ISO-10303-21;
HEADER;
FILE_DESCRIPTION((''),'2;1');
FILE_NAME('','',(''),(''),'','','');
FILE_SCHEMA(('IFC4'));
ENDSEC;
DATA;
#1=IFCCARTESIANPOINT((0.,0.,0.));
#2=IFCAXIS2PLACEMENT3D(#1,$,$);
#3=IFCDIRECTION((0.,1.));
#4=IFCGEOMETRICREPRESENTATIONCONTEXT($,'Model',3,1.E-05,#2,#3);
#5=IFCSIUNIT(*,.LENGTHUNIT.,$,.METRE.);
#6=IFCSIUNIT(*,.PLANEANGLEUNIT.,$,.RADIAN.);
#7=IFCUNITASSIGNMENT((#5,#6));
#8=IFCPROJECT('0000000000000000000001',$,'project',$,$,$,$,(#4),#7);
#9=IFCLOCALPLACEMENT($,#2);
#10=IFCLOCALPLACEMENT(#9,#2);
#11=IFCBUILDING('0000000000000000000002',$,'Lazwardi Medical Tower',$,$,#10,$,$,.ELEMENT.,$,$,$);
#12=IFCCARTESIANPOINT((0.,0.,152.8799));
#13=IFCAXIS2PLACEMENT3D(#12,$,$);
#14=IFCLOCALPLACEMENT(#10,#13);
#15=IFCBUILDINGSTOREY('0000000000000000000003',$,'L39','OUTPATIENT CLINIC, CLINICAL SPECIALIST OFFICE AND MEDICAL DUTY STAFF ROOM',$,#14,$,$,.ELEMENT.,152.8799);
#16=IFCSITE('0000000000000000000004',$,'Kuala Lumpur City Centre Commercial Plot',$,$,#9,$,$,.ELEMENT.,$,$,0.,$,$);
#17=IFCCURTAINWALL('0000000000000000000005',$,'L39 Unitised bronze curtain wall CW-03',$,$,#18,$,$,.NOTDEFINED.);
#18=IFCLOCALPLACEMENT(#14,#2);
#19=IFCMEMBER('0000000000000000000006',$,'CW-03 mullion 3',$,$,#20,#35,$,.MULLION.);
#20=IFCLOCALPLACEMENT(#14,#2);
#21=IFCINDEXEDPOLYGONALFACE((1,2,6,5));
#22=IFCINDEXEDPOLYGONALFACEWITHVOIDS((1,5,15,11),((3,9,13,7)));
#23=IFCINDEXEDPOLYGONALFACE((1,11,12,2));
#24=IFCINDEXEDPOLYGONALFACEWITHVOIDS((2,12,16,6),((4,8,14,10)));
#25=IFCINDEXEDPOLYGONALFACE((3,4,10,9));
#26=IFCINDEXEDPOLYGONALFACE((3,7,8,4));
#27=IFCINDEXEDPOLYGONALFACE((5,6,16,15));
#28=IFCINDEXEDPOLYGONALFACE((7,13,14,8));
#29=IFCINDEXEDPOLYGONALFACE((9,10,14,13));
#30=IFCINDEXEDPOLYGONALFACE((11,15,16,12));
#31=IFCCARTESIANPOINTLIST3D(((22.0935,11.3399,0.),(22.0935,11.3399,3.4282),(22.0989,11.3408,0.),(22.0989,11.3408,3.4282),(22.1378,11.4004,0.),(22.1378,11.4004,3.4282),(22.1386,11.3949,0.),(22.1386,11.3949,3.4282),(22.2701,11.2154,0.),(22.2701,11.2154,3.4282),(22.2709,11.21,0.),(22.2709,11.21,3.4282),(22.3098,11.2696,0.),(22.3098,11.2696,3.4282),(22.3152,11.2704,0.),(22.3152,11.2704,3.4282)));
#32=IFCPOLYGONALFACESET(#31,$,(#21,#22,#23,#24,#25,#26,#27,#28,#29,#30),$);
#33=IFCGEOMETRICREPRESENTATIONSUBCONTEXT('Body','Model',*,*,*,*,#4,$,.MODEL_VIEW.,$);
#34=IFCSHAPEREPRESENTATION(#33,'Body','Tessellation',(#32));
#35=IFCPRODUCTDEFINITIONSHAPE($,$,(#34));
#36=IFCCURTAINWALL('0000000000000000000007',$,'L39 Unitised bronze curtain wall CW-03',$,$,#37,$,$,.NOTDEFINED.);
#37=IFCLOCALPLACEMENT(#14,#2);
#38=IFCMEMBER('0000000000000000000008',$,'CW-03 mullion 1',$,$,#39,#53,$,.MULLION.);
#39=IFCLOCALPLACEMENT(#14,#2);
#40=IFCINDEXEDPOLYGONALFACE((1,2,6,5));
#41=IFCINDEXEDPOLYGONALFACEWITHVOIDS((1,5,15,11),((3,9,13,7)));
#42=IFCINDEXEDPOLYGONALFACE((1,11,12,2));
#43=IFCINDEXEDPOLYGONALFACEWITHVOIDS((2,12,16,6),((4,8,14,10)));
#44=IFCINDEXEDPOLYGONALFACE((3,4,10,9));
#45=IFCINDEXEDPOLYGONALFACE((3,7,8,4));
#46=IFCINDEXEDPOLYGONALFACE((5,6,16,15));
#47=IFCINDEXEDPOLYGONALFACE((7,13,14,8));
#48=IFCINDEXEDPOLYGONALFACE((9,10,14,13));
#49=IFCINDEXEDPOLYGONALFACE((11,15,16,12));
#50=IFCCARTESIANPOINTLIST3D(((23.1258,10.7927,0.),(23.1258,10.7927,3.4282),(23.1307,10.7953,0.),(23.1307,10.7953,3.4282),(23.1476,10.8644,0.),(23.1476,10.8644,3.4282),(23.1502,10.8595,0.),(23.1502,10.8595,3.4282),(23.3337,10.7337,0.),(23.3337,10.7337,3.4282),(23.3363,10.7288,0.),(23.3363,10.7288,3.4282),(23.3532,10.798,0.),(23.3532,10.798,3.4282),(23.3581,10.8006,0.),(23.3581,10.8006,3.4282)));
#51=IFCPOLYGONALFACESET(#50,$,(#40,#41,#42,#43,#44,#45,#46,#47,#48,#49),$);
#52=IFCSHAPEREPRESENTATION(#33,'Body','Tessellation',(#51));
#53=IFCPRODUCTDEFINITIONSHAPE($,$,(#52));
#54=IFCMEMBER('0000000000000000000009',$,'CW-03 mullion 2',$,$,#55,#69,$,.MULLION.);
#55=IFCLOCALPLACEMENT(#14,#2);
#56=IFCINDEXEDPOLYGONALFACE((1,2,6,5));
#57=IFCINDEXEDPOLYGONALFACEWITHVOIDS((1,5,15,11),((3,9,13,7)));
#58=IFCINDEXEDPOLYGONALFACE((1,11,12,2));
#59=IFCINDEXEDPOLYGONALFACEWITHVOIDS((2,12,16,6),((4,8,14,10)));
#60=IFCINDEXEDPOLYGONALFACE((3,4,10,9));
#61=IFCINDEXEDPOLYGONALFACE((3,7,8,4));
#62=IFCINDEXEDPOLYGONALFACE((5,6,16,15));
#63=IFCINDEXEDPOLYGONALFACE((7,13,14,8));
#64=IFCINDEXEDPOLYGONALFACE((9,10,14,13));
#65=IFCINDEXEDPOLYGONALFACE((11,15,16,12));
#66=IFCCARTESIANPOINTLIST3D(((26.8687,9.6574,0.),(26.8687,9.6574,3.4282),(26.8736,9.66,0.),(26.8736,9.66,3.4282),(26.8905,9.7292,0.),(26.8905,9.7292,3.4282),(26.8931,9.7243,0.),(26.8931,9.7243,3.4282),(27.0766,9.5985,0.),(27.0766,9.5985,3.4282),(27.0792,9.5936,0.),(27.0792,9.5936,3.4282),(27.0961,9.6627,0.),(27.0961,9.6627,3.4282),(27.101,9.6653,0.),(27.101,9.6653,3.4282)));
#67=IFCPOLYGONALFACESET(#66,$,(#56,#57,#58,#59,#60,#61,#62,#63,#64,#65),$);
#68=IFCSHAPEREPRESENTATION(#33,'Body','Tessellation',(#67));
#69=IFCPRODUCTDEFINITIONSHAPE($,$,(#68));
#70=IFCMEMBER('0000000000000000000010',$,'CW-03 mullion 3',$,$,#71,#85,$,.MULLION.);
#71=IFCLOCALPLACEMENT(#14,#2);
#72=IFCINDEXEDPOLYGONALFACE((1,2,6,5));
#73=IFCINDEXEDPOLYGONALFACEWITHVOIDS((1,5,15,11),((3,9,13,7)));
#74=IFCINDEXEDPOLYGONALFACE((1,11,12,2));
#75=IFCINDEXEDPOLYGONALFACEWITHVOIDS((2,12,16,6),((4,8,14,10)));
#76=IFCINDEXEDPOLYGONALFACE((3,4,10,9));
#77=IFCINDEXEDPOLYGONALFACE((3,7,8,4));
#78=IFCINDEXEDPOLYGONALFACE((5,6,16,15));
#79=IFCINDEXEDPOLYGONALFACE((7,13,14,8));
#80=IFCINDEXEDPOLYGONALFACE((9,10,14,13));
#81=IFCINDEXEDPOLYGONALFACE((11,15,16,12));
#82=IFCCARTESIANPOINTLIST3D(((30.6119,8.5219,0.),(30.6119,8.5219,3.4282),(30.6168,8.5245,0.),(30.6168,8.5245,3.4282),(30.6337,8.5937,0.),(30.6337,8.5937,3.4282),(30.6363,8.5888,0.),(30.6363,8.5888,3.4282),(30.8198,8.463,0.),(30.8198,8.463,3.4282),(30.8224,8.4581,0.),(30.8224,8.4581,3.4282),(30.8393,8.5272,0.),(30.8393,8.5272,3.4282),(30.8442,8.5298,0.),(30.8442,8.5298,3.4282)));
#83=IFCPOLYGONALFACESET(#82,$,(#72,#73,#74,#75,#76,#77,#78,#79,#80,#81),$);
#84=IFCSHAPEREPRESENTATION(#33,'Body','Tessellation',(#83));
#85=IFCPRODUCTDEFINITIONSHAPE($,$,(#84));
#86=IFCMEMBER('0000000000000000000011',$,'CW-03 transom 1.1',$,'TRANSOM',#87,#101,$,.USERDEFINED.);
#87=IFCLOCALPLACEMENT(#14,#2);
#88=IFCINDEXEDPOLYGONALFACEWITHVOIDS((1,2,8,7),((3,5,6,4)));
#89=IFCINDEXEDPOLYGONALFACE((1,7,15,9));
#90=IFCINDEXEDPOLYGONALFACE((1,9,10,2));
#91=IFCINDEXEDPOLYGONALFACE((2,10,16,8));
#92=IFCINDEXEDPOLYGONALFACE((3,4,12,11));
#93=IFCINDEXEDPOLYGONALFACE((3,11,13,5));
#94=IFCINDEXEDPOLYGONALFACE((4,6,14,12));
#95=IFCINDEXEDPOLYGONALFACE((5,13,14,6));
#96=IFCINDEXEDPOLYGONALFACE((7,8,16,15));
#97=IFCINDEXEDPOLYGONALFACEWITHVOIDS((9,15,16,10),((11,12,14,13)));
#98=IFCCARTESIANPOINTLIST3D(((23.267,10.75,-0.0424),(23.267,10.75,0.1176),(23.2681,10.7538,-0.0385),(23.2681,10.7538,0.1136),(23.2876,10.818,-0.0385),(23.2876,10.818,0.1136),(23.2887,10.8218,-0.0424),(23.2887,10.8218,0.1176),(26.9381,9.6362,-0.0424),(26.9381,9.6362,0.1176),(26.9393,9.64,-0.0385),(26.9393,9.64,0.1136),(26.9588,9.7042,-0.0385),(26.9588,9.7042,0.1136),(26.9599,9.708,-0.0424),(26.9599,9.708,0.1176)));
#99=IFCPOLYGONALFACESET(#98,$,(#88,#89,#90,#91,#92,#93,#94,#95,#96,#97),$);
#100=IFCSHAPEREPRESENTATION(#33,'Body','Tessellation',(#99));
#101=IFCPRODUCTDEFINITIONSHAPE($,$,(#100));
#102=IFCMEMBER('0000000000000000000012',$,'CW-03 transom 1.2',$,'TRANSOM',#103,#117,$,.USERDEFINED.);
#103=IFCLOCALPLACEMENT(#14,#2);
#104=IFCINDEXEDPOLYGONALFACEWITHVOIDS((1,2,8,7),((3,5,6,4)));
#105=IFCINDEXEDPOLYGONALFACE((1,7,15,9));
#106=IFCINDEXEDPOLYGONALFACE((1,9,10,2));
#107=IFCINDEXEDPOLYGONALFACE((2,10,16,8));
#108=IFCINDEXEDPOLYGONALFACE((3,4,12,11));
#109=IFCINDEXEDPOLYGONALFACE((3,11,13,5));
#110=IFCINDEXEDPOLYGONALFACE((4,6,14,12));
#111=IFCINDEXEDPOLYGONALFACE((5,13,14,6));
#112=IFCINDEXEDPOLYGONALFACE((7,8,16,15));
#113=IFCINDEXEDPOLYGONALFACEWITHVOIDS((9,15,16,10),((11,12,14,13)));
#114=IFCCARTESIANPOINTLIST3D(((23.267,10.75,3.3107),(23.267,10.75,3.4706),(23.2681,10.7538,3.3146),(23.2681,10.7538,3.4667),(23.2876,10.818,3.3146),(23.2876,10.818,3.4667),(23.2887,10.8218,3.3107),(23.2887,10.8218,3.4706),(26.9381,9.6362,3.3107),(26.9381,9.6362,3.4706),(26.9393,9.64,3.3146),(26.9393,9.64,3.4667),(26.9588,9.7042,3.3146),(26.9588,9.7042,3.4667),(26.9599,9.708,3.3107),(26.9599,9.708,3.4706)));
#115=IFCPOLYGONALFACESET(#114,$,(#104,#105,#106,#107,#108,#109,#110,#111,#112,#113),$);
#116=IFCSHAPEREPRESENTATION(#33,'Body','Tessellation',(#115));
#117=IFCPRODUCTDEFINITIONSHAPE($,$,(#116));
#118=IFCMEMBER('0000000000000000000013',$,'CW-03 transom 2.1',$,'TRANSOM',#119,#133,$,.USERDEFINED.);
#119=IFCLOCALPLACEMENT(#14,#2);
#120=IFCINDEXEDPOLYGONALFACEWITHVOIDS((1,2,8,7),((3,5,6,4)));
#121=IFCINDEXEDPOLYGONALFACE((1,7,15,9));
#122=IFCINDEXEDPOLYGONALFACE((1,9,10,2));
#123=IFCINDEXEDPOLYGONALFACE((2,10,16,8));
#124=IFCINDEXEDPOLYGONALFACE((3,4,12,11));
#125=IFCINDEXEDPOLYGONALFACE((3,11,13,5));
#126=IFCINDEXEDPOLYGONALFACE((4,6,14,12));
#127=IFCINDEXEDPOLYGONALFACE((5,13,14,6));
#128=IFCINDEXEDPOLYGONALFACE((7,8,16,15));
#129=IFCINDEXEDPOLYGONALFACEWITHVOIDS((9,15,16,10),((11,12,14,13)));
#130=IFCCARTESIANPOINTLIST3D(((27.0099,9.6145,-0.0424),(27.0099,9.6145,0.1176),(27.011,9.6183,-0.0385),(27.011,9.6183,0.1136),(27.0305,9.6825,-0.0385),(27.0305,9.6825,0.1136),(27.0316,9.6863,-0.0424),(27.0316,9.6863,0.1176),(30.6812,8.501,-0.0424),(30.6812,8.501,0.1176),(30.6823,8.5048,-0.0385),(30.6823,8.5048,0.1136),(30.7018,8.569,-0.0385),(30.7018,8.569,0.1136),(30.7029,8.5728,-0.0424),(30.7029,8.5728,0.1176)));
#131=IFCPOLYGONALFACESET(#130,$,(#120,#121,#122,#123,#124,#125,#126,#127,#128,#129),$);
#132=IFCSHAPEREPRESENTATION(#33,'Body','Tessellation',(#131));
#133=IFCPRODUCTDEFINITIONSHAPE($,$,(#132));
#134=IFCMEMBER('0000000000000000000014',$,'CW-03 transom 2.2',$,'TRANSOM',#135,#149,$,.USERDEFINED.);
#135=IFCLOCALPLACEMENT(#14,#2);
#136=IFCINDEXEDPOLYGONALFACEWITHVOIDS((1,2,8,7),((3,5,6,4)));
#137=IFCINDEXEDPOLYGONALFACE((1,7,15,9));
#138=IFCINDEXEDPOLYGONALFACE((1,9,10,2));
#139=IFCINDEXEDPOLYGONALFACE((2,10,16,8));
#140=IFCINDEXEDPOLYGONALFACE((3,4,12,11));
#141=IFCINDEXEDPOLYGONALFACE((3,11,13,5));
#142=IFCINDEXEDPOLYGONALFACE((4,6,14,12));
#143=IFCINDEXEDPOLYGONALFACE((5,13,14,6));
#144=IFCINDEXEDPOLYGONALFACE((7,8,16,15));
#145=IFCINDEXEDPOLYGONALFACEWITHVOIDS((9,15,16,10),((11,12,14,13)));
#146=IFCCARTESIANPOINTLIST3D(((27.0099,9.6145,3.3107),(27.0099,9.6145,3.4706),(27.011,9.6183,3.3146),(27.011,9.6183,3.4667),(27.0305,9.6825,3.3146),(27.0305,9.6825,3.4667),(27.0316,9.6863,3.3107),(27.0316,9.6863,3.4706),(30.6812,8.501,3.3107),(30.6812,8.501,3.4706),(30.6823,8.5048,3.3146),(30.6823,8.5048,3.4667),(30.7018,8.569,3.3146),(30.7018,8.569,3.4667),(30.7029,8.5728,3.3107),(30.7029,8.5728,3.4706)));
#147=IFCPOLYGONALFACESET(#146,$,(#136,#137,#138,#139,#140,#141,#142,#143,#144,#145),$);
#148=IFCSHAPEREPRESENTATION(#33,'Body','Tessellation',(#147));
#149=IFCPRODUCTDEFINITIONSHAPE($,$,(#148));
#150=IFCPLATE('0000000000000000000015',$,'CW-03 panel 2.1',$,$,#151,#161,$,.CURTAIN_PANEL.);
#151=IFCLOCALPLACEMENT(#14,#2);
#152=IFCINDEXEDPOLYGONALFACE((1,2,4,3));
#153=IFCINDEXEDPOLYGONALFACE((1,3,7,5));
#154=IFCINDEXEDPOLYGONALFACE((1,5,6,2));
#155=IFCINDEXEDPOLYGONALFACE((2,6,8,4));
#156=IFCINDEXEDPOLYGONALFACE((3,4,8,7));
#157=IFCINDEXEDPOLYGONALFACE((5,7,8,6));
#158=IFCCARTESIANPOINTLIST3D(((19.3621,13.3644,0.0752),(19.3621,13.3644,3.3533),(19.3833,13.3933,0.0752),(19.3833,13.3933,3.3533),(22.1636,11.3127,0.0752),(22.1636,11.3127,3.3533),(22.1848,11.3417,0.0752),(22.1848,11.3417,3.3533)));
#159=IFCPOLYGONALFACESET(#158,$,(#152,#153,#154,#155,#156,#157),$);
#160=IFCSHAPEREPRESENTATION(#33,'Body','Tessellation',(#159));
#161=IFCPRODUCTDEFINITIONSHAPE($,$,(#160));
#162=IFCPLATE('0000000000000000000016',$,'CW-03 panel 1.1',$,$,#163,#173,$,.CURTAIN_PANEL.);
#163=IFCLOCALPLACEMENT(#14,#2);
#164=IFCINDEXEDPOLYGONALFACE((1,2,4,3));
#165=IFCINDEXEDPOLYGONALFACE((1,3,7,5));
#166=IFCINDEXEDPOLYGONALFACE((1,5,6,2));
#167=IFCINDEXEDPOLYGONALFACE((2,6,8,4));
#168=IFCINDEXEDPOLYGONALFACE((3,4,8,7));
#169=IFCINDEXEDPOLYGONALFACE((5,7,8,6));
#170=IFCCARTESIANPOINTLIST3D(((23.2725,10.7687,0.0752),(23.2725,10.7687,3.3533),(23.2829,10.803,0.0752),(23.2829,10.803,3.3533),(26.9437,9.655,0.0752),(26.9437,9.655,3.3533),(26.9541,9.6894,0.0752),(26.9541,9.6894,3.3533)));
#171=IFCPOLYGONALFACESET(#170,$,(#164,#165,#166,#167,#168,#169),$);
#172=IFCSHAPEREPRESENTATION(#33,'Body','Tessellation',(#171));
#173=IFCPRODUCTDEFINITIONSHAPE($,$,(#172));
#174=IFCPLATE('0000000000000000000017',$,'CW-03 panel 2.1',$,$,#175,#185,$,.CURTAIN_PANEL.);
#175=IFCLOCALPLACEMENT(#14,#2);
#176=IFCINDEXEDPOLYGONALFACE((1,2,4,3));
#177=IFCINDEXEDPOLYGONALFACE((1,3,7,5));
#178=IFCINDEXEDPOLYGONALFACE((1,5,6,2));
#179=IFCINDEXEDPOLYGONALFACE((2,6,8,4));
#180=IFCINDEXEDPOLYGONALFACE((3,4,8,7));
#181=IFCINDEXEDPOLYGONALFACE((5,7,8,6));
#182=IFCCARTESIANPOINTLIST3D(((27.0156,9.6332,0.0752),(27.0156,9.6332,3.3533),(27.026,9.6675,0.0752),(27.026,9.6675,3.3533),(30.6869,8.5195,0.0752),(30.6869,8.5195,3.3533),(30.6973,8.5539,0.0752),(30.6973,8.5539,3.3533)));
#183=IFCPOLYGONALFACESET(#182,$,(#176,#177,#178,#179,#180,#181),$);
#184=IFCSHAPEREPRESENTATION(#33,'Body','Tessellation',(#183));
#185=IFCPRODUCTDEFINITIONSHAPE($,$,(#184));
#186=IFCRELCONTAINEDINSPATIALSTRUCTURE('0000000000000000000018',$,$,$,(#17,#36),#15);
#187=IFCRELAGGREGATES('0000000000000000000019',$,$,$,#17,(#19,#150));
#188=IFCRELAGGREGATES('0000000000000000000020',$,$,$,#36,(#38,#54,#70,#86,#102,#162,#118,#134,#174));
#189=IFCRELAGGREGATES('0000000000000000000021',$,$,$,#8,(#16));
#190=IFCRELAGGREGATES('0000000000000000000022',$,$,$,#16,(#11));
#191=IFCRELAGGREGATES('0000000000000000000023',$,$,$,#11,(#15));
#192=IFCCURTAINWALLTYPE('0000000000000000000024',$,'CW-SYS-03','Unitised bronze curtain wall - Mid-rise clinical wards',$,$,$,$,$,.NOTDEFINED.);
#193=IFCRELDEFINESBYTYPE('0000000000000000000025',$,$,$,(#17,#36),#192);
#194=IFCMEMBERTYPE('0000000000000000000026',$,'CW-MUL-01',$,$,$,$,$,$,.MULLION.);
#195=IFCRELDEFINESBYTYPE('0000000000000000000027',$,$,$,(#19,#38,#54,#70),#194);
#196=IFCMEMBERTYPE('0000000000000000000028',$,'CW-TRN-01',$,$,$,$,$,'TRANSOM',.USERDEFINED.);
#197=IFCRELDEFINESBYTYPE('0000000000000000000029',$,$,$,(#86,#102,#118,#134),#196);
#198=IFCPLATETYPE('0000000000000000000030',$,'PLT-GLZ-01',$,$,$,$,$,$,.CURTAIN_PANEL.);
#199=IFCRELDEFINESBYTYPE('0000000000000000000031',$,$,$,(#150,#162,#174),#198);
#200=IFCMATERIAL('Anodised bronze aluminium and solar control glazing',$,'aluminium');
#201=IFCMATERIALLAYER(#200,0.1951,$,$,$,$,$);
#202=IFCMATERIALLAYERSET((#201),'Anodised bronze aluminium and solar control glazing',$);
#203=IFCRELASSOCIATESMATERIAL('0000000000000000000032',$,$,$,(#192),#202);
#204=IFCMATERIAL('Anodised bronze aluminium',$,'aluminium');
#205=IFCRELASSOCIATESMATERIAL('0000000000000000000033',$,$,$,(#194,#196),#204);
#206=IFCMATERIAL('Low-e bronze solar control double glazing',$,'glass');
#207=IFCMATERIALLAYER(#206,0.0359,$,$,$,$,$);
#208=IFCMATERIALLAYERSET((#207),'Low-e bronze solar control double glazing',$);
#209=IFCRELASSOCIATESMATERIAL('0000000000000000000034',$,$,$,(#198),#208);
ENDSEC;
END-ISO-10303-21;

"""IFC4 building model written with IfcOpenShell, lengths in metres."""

from ifc_helpers import new_model, si_unit, direction, frame, origin, origin_2d, place, context, subcontext, project, spatial, rectangle, hollow_rectangle, extrude, material, layer, layer_set, material_profile, profile_set, type_object, element, aggregate, save


model = new_model("IFC4")

# Units and contexts
model_context = context("Model", 3, precision=1e-05, world=origin(), true_north=direction((0.0, 1.0)))
body_context = subcontext(model_context, "Body", "Model", "MODEL_VIEW")
ifc_project = project(units=[si_unit("LENGTHUNIT", "METRE"), si_unit("PLANEANGLEUNIT", "RADIAN")], contexts=[model_context])

# Site, building, storey
site_placement = place(None, origin())
site = spatial("IfcSite", under=ifc_project, at=site_placement, Name="Kuala Lumpur City Centre Commercial Plot", CompositionType="ELEMENT", RefElevation=0.0)
building_placement = place(site_placement, origin())
building = spatial("IfcBuilding", under=site, at=building_placement, Name="Lazwardi Medical Tower", CompositionType="ELEMENT")
storey_placement = place(building_placement, frame((0.0, 0.0, 152.8799)))
storey = spatial("IfcBuildingStorey", under=building, at=storey_placement, Name="L39", Description="OUTPATIENT CLINIC, CLINICAL SPECIALIST OFFICE AND MEDICAL DUTY STAFF ROOM", CompositionType="ELEMENT", Elevation=152.8799)

# Curtain wall, member
ifc_material_1 = material(Name="Anodised bronze aluminium and solar control glazing", Category="aluminium")
ifc_layer_1 = layer(ifc_material_1, 0.1951)
ifc_layer_set_1 = layer_set([ifc_layer_1], Name="Anodised bronze aluminium and solar control glazing")
curtain_wall_type = type_object("IfcCurtainWallType", Name="CW-SYS-03", Description="Unitised bronze curtain wall - Mid-rise clinical wards", PredefinedType="NOTDEFINED", material=ifc_layer_set_1)
curtain_wall_1_placement = place(storey_placement, origin())
curtain_wall_1 = element("IfcCurtainWall", 1, at=curtain_wall_1_placement, inside=storey, type_object=curtain_wall_type, Name="L39 Unitised bronze curtain wall CW-03", PredefinedType="NOTDEFINED")
ifc_material_2 = material(Name="Anodised bronze aluminium", Category="aluminium")
ifc_material_profile_1 = material_profile(ifc_material_2, hollow_rectangle(XDim=0.075, YDim=0.22, WallThickness=0.0039, at=origin_2d()), Name="ALU-MULLION 220x75x4")
ifc_profile_set_1 = profile_set([ifc_material_profile_1], Name="Anodised bronze aluminium")
member_type_1 = type_object("IfcMemberType", Name="CW-MUL-01", PredefinedType="MULLION", material=ifc_profile_set_1)
member_1_placement = place(storey_placement, frame((22.2043, 11.3052, 0.0), z_axis=(0.0, 0.0, 1.0), x_axis=(0.590834, 0.806793, 0.0)))
member_1 = element("IfcMember", 2, at=member_1_placement, type_object=member_type_1, Name="CW-03 mullion 3", PredefinedType="MULLION", context=body_context, shape_type="SweptSolid", body=[
    extrude(hollow_rectangle(XDim=0.075, YDim=0.22, WallThickness=0.0039, at=origin_2d()), origin(), (0.0, 0.0, 1.0), 3.4282),
])

# Curtain wall, members
curtain_wall_2_placement = place(storey_placement, origin())
curtain_wall_2 = element("IfcCurtainWall", 3, at=curtain_wall_2_placement, inside=storey, type_object=curtain_wall_type, Name="L39 Unitised bronze curtain wall CW-03", PredefinedType="NOTDEFINED")
member_2_placement = place(storey_placement, frame((23.2419, 10.7966, 0.0), z_axis=(0.0, 0.0, 1.0), x_axis=(0.290281, 0.956942, 0.0)))
member_2 = element("IfcMember", 4, at=member_2_placement, type_object=member_type_1, Name="CW-03 mullion 1", PredefinedType="MULLION", context=body_context, shape_type="SweptSolid", body=[
    extrude(hollow_rectangle(XDim=0.075, YDim=0.22, WallThickness=0.0039, at=origin_2d()), origin(), (0.0, 0.0, 1.0), 3.4282),
])
member_3_placement = place(storey_placement, frame((26.9849, 9.6614, 0.0), z_axis=(0.0, 0.0, 1.0), x_axis=(0.290281, 0.956942, 0.0)))
member_3 = element("IfcMember", 5, at=member_3_placement, type_object=member_type_1, Name="CW-03 mullion 2", PredefinedType="MULLION", context=body_context, shape_type="SweptSolid", body=[
    extrude(hollow_rectangle(XDim=0.075, YDim=0.22, WallThickness=0.0039, at=origin_2d()), origin(), (0.0, 0.0, 1.0), 3.4282),
])
member_4_placement = place(storey_placement, frame((30.728, 8.5259, 0.0), z_axis=(0.0, 0.0, 1.0), x_axis=(0.290281, 0.956942, 0.0)))
member_4 = element("IfcMember", 6, at=member_4_placement, type_object=member_type_1, Name="CW-03 mullion 3", PredefinedType="MULLION", context=body_context, shape_type="SweptSolid", body=[
    extrude(hollow_rectangle(XDim=0.075, YDim=0.22, WallThickness=0.0039, at=origin_2d()), origin(), (0.0, 0.0, 1.0), 3.4282),
])
ifc_material_profile_2 = material_profile(ifc_material_2, hollow_rectangle(XDim=0.075, YDim=0.1599, WallThickness=0.0039, at=origin_2d()), Name="ALU-TRANSOM 160x75x4")
ifc_profile_set_2 = profile_set([ifc_material_profile_2], Name="Anodised bronze aluminium")
member_type_2 = type_object("IfcMemberType", Name="CW-TRN-01", ElementType="TRANSOM", PredefinedType="USERDEFINED", material=ifc_profile_set_2)
member_5_placement = place(storey_placement, frame((23.2778, 10.7859, 0.0376), z_axis=(0.95693, -0.290318, 0.0), x_axis=(0.290318, 0.95693, 0.0)))
member_5 = element("IfcMember", 7, at=member_5_placement, type_object=member_type_2, Name="CW-03 transom 1.1", ObjectType="TRANSOM", PredefinedType="USERDEFINED", context=body_context, shape_type="SweptSolid", body=[
    extrude(hollow_rectangle(XDim=0.075, YDim=0.1599, WallThickness=0.0039, at=origin_2d()), origin(), (0.0, 0.0, 1.0), 3.8364),
])
member_6_placement = place(storey_placement, frame((23.2778, 10.7859, 3.3906), z_axis=(0.95693, -0.290318, 0.0), x_axis=(0.290318, 0.95693, 0.0)))
member_6 = element("IfcMember", 8, at=member_6_placement, type_object=member_type_2, Name="CW-03 transom 1.2", ObjectType="TRANSOM", PredefinedType="USERDEFINED", context=body_context, shape_type="SweptSolid", body=[
    extrude(hollow_rectangle(XDim=0.075, YDim=0.1599, WallThickness=0.0039, at=origin_2d()), origin(), (0.0, 0.0, 1.0), 3.8364),
])
member_7_placement = place(storey_placement, frame((27.0208, 9.6504, 0.0376), z_axis=(0.956953, -0.290242, 0.0), x_axis=(0.290242, 0.956953, 0.0)))
member_7 = element("IfcMember", 9, at=member_7_placement, type_object=member_type_2, Name="CW-03 transom 2.1", ObjectType="TRANSOM", PredefinedType="USERDEFINED", context=body_context, shape_type="SweptSolid", body=[
    extrude(hollow_rectangle(XDim=0.075, YDim=0.1599, WallThickness=0.0039, at=origin_2d()), origin(), (0.0, 0.0, 1.0), 3.8364),
])
member_8_placement = place(storey_placement, frame((27.0208, 9.6504, 3.3906), z_axis=(0.956953, -0.290242, 0.0), x_axis=(0.290242, 0.956953, 0.0)))
member_8 = element("IfcMember", 10, at=member_8_placement, type_object=member_type_2, Name="CW-03 transom 2.2", ObjectType="TRANSOM", PredefinedType="USERDEFINED", context=body_context, shape_type="SweptSolid", body=[
    extrude(hollow_rectangle(XDim=0.075, YDim=0.1599, WallThickness=0.0039, at=origin_2d()), origin(), (0.0, 0.0, 1.0), 3.8364),
])

# Plates
ifc_material_3 = material(Name="Low-e bronze solar control double glazing", Category="glass")
ifc_layer_2 = layer(ifc_material_3, 0.0359)
ifc_layer_set_2 = layer_set([ifc_layer_2], Name="Low-e bronze solar control double glazing")
plate_type = type_object("IfcPlateType", Name="PLT-GLZ-01", PredefinedType="CURTAIN_PANEL", material=ifc_layer_set_2)
plate_1_placement = place(storey_placement, frame((20.7734, 12.353, 0.0752), z_axis=(0.0, 0.0, 1.0), x_axis=(0.806793, -0.590834, 0.0)))
plate_1 = element("IfcPlate", 11, at=plate_1_placement, type_object=plate_type, Name="CW-03 panel 2.1", PredefinedType="CURTAIN_PANEL", context=body_context, shape_type="SweptSolid", body=[
    extrude(rectangle(XDim=3.4724, YDim=0.0359, at=origin_2d()), origin(), (0.0, 0.0, 1.0), 3.2781),
])
aggregate(curtain_wall_1, [member_1, plate_1])
plate_2_placement = place(storey_placement, frame((25.1133, 10.229, 0.0752), z_axis=(0.0, 0.0, 1.0), x_axis=(0.956942, -0.290281, 0.0)))
plate_2 = element("IfcPlate", 12, at=plate_2_placement, type_object=plate_type, Name="CW-03 panel 1.1", PredefinedType="CURTAIN_PANEL", context=body_context, shape_type="SweptSolid", body=[
    extrude(rectangle(XDim=3.8364, YDim=0.0359, at=origin_2d()), origin(), (0.0, 0.0, 1.0), 3.2781),
])
plate_3_placement = place(storey_placement, frame((28.8564, 9.0935, 0.0752), z_axis=(0.0, 0.0, 1.0), x_axis=(0.956942, -0.290281, 0.0)))
plate_3 = element("IfcPlate", 13, at=plate_3_placement, type_object=plate_type, Name="CW-03 panel 2.1", PredefinedType="CURTAIN_PANEL", context=body_context, shape_type="SweptSolid", body=[
    extrude(rectangle(XDim=3.8364, YDim=0.0359, at=origin_2d()), origin(), (0.0, 0.0, 1.0), 3.2781),
])
aggregate(curtain_wall_2, [member_2, member_3, member_4, member_5, member_6, plate_2, member_7, member_8, plate_3])

save(model, "model.ifc")
